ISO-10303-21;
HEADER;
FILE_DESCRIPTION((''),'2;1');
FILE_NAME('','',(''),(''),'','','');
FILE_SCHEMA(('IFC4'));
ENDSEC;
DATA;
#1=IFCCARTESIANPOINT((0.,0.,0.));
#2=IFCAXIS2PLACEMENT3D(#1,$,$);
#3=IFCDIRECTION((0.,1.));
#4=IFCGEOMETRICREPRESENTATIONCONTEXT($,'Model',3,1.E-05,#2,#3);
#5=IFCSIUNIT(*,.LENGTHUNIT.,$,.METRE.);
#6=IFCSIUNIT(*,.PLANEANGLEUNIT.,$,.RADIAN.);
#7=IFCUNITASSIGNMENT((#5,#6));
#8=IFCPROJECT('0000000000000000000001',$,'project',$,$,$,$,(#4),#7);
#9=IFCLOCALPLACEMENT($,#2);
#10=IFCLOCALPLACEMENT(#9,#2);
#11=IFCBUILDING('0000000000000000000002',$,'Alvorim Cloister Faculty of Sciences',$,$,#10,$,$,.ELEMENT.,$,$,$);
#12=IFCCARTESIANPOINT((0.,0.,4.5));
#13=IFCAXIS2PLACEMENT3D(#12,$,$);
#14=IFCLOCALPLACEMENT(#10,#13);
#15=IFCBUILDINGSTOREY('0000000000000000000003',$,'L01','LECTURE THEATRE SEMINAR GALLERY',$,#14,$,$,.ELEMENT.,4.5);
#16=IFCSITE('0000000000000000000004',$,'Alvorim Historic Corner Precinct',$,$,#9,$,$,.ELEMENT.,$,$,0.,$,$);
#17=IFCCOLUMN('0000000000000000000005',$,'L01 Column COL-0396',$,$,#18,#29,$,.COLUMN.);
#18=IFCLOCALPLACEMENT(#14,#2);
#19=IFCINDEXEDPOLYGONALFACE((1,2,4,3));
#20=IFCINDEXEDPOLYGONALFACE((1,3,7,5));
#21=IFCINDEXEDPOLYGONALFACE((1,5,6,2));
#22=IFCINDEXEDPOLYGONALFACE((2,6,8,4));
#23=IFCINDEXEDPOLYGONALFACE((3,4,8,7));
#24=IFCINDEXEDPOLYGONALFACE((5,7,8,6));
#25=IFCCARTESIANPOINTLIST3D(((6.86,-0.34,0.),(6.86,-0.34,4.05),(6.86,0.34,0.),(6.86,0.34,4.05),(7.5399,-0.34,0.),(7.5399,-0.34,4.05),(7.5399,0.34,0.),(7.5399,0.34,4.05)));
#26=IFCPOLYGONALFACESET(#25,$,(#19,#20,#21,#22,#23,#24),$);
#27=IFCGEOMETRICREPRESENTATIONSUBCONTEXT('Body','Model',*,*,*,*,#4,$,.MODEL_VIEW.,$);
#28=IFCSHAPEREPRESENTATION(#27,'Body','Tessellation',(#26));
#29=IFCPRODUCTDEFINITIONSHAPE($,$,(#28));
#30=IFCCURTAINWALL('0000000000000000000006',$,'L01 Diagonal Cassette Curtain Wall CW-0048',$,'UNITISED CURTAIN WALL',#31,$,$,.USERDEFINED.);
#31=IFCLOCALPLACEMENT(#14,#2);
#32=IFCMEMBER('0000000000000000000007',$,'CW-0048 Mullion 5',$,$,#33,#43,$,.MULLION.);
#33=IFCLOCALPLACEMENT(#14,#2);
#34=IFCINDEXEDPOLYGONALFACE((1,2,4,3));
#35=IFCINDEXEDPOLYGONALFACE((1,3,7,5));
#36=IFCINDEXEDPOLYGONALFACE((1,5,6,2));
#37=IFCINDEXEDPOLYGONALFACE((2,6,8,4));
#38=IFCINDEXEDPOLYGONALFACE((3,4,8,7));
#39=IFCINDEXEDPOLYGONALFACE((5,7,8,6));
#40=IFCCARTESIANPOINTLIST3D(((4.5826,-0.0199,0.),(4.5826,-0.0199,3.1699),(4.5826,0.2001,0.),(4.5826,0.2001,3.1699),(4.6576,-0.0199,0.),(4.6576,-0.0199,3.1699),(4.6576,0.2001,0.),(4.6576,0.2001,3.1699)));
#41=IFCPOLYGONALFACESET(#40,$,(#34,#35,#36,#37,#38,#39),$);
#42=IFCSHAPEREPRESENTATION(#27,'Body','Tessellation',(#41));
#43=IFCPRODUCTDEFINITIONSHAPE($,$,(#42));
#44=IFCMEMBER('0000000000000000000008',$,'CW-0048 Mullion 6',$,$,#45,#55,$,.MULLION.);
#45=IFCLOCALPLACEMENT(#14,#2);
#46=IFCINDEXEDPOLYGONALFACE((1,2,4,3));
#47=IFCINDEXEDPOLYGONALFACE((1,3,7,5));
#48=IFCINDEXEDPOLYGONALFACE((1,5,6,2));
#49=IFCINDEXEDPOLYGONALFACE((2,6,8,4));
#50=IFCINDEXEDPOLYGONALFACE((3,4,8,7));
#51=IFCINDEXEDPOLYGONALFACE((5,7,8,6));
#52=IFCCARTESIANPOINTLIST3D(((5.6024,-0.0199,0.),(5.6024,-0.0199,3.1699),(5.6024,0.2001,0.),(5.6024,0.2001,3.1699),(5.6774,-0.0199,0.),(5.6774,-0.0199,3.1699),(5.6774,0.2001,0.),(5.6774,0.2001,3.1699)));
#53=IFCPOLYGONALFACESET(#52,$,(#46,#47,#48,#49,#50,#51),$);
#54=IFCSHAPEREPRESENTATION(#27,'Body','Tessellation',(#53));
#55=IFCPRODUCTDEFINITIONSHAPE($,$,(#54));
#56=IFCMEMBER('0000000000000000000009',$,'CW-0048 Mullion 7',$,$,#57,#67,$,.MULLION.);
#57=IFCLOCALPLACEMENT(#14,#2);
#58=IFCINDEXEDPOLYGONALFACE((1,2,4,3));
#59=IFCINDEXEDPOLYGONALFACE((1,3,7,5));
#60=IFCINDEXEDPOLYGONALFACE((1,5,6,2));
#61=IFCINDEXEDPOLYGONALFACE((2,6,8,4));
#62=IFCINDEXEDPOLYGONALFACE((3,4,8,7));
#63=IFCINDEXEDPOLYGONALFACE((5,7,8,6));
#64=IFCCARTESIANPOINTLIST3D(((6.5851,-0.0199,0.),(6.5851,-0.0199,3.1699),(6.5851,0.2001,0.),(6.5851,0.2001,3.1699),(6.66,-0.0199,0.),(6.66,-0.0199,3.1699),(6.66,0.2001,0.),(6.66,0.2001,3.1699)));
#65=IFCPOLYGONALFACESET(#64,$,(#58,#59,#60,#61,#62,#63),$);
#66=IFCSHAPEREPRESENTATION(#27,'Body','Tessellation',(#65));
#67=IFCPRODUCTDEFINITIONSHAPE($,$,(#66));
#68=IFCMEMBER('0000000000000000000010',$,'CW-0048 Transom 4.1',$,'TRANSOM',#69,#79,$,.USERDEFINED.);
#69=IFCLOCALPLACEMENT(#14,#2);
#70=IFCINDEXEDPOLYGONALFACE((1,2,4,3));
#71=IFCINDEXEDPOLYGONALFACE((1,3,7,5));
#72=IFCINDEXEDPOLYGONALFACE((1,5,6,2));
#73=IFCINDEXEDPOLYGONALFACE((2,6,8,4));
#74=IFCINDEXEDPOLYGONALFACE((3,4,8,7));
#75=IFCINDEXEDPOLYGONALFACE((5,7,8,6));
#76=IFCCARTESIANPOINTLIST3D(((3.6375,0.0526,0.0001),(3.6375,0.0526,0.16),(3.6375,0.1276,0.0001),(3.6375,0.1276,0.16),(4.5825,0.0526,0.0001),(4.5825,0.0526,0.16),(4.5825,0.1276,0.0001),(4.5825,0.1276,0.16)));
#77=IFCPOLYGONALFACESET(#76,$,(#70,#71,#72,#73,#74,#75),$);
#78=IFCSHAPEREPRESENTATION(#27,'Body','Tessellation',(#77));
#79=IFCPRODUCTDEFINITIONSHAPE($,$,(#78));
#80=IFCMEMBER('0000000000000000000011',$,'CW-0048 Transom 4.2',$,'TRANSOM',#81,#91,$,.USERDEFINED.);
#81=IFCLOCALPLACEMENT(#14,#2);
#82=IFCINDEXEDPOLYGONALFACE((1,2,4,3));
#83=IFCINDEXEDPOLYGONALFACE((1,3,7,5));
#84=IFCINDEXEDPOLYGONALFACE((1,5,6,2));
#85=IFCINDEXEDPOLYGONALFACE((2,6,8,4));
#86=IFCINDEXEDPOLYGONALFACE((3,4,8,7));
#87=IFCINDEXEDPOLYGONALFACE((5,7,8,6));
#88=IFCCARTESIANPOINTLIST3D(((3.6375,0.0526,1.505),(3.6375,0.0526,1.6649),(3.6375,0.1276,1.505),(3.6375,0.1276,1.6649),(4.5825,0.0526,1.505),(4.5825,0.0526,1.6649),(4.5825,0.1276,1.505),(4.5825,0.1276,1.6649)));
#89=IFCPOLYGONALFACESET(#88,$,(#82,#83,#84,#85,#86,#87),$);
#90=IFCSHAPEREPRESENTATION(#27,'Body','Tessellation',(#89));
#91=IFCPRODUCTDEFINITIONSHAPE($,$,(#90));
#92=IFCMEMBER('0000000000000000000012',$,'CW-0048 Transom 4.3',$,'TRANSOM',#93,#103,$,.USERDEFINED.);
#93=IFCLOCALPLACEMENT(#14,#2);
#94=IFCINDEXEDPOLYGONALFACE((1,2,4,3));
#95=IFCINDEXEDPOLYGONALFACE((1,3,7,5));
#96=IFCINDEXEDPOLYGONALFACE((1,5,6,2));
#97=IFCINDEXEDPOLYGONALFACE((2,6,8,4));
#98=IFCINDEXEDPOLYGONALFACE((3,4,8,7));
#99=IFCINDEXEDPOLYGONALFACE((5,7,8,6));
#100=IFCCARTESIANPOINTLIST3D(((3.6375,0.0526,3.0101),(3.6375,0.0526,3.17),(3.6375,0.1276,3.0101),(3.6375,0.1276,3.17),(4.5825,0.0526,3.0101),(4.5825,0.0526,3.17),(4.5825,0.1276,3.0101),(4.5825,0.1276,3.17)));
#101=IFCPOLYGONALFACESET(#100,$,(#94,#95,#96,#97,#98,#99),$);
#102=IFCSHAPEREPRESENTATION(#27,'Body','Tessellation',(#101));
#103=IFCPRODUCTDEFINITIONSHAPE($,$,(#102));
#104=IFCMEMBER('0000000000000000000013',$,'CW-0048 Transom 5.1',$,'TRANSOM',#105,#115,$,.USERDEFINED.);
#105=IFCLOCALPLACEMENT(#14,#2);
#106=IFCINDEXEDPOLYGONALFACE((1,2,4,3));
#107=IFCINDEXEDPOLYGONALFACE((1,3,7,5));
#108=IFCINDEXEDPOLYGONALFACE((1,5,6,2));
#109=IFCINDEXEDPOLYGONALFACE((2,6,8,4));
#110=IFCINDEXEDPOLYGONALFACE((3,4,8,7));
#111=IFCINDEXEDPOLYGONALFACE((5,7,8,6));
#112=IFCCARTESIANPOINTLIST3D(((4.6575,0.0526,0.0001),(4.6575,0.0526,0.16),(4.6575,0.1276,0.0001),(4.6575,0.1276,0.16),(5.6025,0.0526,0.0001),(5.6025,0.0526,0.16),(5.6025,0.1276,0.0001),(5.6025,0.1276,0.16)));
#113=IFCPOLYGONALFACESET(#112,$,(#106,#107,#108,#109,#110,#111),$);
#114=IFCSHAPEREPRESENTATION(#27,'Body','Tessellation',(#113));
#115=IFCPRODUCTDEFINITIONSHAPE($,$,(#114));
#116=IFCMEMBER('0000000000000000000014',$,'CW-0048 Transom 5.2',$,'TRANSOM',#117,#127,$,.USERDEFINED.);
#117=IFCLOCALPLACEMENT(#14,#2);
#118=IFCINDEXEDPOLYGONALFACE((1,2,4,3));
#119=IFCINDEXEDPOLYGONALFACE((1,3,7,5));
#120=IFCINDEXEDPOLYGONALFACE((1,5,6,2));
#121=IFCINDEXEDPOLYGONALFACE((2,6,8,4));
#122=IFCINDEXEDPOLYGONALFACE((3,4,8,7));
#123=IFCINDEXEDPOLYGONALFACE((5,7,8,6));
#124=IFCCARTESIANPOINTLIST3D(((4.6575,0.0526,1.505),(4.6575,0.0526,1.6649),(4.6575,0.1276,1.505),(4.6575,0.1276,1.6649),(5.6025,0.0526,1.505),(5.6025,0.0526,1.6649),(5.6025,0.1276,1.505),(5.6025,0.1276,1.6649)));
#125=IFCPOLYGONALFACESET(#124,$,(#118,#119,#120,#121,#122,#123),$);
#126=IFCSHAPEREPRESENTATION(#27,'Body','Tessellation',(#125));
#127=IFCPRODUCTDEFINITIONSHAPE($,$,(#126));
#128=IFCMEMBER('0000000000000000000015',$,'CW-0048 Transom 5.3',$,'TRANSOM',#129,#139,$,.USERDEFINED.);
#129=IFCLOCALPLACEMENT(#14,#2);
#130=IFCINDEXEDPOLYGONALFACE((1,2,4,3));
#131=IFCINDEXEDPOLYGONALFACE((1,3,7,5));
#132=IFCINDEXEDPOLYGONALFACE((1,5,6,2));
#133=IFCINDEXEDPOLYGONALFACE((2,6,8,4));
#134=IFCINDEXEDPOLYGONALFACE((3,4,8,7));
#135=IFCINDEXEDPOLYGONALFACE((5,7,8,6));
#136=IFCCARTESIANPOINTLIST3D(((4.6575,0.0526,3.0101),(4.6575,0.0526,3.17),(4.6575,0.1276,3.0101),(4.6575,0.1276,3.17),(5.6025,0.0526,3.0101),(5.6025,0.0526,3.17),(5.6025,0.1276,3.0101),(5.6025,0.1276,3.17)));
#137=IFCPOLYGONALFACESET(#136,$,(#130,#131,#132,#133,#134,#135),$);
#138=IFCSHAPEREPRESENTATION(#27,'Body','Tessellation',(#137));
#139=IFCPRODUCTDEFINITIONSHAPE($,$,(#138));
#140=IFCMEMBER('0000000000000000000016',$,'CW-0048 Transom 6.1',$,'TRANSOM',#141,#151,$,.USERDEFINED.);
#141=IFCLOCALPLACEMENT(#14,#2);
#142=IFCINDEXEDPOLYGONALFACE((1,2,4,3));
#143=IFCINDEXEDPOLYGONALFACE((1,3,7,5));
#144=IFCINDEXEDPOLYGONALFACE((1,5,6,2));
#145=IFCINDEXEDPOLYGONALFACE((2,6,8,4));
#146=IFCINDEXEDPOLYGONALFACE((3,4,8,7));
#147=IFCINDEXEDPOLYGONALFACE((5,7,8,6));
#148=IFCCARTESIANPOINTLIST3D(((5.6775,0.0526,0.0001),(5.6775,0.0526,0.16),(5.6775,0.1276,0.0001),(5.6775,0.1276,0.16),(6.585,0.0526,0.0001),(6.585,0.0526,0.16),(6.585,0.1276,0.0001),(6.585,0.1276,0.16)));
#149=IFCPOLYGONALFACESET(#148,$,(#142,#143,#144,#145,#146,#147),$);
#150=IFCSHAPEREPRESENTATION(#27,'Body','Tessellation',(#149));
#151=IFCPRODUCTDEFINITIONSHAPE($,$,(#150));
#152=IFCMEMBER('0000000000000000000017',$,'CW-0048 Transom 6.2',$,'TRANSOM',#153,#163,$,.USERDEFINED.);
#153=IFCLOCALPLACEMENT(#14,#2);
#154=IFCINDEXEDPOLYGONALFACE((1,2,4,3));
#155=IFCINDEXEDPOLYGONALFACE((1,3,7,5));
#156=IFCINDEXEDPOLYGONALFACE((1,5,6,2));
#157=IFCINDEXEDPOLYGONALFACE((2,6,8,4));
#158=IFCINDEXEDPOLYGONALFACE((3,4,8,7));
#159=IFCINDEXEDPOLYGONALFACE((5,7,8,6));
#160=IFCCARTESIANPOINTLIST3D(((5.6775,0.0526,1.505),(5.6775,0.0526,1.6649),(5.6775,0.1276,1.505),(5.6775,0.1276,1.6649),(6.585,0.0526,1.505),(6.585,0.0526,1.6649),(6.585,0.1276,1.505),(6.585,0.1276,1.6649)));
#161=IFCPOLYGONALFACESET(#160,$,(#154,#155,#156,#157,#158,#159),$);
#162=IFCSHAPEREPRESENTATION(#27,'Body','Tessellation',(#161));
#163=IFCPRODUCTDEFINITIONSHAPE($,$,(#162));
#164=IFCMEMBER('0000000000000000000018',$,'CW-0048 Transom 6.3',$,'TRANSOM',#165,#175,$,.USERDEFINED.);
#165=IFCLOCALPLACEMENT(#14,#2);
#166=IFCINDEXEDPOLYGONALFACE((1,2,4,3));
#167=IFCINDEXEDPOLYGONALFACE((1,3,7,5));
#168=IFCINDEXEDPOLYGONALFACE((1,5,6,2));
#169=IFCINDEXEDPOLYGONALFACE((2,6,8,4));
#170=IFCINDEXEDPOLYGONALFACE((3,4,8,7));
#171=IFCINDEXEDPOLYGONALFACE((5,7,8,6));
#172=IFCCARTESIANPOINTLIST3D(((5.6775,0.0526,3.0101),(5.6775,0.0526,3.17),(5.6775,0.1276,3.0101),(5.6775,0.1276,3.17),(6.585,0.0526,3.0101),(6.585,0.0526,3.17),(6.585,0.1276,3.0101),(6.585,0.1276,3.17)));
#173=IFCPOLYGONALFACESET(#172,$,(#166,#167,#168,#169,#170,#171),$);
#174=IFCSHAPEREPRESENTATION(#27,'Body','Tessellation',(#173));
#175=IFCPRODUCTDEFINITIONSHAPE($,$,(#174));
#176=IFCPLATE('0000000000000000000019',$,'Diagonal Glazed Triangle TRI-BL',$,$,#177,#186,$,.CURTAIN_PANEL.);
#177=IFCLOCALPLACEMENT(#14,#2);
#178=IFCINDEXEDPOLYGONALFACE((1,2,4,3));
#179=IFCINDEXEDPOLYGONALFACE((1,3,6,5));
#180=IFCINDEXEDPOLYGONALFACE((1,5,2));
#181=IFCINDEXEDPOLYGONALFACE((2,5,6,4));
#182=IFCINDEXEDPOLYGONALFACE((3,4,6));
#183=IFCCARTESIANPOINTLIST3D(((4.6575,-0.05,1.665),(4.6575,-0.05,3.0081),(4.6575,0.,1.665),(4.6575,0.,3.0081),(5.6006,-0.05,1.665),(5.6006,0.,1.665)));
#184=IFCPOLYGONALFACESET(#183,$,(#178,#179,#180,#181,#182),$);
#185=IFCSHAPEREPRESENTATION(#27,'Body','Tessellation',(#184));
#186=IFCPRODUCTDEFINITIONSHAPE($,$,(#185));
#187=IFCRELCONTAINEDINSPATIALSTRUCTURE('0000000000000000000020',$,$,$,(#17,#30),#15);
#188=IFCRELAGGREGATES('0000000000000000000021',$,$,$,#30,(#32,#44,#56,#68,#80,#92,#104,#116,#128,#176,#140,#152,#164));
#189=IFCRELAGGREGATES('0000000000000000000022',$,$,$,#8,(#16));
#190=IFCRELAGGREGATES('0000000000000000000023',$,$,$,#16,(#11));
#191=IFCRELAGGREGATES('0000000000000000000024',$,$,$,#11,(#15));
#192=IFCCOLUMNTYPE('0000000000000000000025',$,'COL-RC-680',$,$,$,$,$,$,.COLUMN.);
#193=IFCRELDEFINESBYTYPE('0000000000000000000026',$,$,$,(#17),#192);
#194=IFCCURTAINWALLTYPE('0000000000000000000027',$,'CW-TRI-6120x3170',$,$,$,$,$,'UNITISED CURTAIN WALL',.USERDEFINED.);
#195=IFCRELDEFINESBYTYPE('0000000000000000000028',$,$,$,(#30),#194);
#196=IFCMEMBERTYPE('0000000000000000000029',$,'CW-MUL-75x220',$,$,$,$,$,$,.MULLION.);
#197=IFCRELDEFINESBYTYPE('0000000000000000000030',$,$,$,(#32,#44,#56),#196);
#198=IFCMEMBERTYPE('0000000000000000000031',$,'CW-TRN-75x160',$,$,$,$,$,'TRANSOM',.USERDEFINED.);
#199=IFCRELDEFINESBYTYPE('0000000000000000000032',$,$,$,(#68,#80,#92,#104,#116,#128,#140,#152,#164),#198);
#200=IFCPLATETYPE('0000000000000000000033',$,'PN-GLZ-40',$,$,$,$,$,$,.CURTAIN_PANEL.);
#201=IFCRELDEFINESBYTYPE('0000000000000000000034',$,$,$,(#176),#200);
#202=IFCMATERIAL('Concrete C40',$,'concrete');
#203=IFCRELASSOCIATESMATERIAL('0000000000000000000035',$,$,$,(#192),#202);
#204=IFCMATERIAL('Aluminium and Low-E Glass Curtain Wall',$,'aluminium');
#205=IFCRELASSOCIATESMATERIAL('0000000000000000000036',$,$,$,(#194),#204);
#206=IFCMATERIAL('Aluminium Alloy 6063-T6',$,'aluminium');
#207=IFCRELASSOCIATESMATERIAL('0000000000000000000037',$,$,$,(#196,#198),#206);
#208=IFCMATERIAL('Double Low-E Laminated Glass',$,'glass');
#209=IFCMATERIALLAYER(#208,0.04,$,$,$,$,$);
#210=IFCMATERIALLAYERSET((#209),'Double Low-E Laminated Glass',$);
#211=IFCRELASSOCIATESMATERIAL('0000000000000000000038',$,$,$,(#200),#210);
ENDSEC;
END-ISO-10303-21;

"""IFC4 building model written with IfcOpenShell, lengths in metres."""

from ifc_helpers import new_model, si_unit, direction, frame, origin, origin_2d, place, context, subcontext, project, spatial, polyline, rectangle, outline, extrude, material, layer, layer_set, material_profile, profile_set, type_object, element, aggregate, save


model = new_model("IFC4")

# Units and contexts
model_context = context("Model", 3, precision=1e-05, world=origin(), true_north=direction((0.0, 1.0)))
body_context = subcontext(model_context, "Body", "Model", "MODEL_VIEW")
ifc_project = project(units=[si_unit("LENGTHUNIT", "METRE"), si_unit("PLANEANGLEUNIT", "RADIAN")], contexts=[model_context])

# Site, building, storey
site_placement = place(None, origin())
site = spatial("IfcSite", under=ifc_project, at=site_placement, Name="Alvorim Historic Corner Precinct", CompositionType="ELEMENT", RefElevation=0.0)
building_placement = place(site_placement, origin())
building = spatial("IfcBuilding", under=site, at=building_placement, Name="Alvorim Cloister Faculty of Sciences", CompositionType="ELEMENT")
storey_placement = place(building_placement, frame((0.0, 0.0, 4.5)))
storey = spatial("IfcBuildingStorey", under=building, at=storey_placement, Name="L01", Description="LECTURE THEATRE SEMINAR GALLERY", CompositionType="ELEMENT", Elevation=4.5)

# Column
ifc_material_1 = material(Name="Concrete C40", Category="concrete")
ifc_material_profile_1 = material_profile(ifc_material_1, rectangle(XDim=0.6799, YDim=0.6799, at=origin_2d()), Name="RC40-COL-680x680")
ifc_profile_set_1 = profile_set([ifc_material_profile_1], Name="Concrete C40")
column_type = type_object("IfcColumnType", Name="COL-RC-680", PredefinedType="COLUMN", material=ifc_profile_set_1)
column_placement = place(storey_placement, frame((7.2, 0.0, 0.0), z_axis=(0.0, 0.0, 1.0), x_axis=(1.0, 0.0, 0.0)))
element("IfcColumn", 1, at=column_placement, inside=storey, type_object=column_type, Name="L01 Column COL-0396", PredefinedType="COLUMN", context=body_context, shape_type="SweptSolid", body=[
    extrude(rectangle(XDim=0.6799, YDim=0.6799, at=origin_2d()), origin(), (0.0, 0.0, 1.0), 4.05),
])

# Curtain wall, members, plate
ifc_material_2 = material(Name="Aluminium and Low-E Glass Curtain Wall", Category="aluminium")
curtain_wall_type = type_object("IfcCurtainWallType", Name="CW-TRI-6120x3170", ElementType="UNITISED CURTAIN WALL", PredefinedType="USERDEFINED", material=ifc_material_2)
curtain_wall_placement = place(storey_placement, origin())
curtain_wall = element("IfcCurtainWall", 2, at=curtain_wall_placement, inside=storey, type_object=curtain_wall_type, Name="L01 Diagonal Cassette Curtain Wall CW-0048", ObjectType="UNITISED CURTAIN WALL", PredefinedType="USERDEFINED")
ifc_material_3 = material(Name="Aluminium Alloy 6063-T6", Category="aluminium")
ifc_material_profile_2 = material_profile(ifc_material_3, rectangle(XDim=0.075, YDim=0.22, at=origin_2d()), Name="ALU-MUL-75x220")
ifc_profile_set_2 = profile_set([ifc_material_profile_2], Name="Aluminium Alloy 6063-T6")
member_type_1 = type_object("IfcMemberType", Name="CW-MUL-75x220", PredefinedType="MULLION", material=ifc_profile_set_2)
member_1_placement = place(storey_placement, frame((4.6201, 0.0901, 0.0), z_axis=(0.0, 0.0, 1.0), x_axis=(1.0, 0.0, 0.0)))
member_1 = element("IfcMember", 3, at=member_1_placement, type_object=member_type_1, Name="CW-0048 Mullion 5", PredefinedType="MULLION", context=body_context, shape_type="SweptSolid", body=[
    extrude(rectangle(XDim=0.075, YDim=0.22, at=origin_2d()), origin(), (0.0, 0.0, 1.0), 3.1699),
])
member_2_placement = place(storey_placement, frame((5.6399, 0.0901, 0.0), z_axis=(0.0, 0.0, 1.0), x_axis=(1.0, 0.0, 0.0)))
member_2 = element("IfcMember", 4, at=member_2_placement, type_object=member_type_1, Name="CW-0048 Mullion 6", PredefinedType="MULLION", context=body_context, shape_type="SweptSolid", body=[
    extrude(rectangle(XDim=0.075, YDim=0.22, at=origin_2d()), origin(), (0.0, 0.0, 1.0), 3.1699),
])
member_3_placement = place(storey_placement, frame((6.6226, 0.0901, 0.0), z_axis=(0.0, 0.0, 1.0), x_axis=(1.0, 0.0, 0.0)))
member_3 = element("IfcMember", 5, at=member_3_placement, type_object=member_type_1, Name="CW-0048 Mullion 7", PredefinedType="MULLION", context=body_context, shape_type="SweptSolid", body=[
    extrude(rectangle(XDim=0.075, YDim=0.22, at=origin_2d()), origin(), (0.0, 0.0, 1.0), 3.1699),
])
ifc_material_profile_3 = material_profile(ifc_material_3, rectangle(XDim=0.075, YDim=0.1599, at=origin_2d()), Name="ALU-TRN-75x160")
ifc_profile_set_3 = profile_set([ifc_material_profile_3], Name="Aluminium Alloy 6063-T6")
member_type_2 = type_object("IfcMemberType", Name="CW-TRN-75x160", ElementType="TRANSOM", PredefinedType="USERDEFINED", material=ifc_profile_set_3)
member_4_placement = place(storey_placement, frame((3.6375, 0.0901, 0.0801), z_axis=(1.0, 0.0, 0.0), x_axis=(0.0, 1.0, 0.0)))
member_4 = element("IfcMember", 6, at=member_4_placement, type_object=member_type_2, Name="CW-0048 Transom 4.1", ObjectType="TRANSOM", PredefinedType="USERDEFINED", context=body_context, shape_type="SweptSolid", body=[
    extrude(rectangle(XDim=0.075, YDim=0.1599, at=origin_2d()), origin(), (0.0, 0.0, 1.0), 0.9451),
])
member_5_placement = place(storey_placement, frame((3.6375, 0.0901, 1.585), z_axis=(1.0, 0.0, 0.0), x_axis=(0.0, 1.0, 0.0)))
member_5 = element("IfcMember", 7, at=member_5_placement, type_object=member_type_2, Name="CW-0048 Transom 4.2", ObjectType="TRANSOM", PredefinedType="USERDEFINED", context=body_context, shape_type="SweptSolid", body=[
    extrude(rectangle(XDim=0.075, YDim=0.1599, at=origin_2d()), origin(), (0.0, 0.0, 1.0), 0.9451),
])
member_6_placement = place(storey_placement, frame((3.6375, 0.0901, 3.0901), z_axis=(1.0, 0.0, 0.0), x_axis=(0.0, 1.0, 0.0)))
member_6 = element("IfcMember", 8, at=member_6_placement, type_object=member_type_2, Name="CW-0048 Transom 4.3", ObjectType="TRANSOM", PredefinedType="USERDEFINED", context=body_context, shape_type="SweptSolid", body=[
    extrude(rectangle(XDim=0.075, YDim=0.1599, at=origin_2d()), origin(), (0.0, 0.0, 1.0), 0.9451),
])
member_7_placement = place(storey_placement, frame((4.6575, 0.0901, 0.0801), z_axis=(1.0, 0.0, 0.0), x_axis=(0.0, 1.0, 0.0)))
member_7 = element("IfcMember", 9, at=member_7_placement, type_object=member_type_2, Name="CW-0048 Transom 5.1", ObjectType="TRANSOM", PredefinedType="USERDEFINED", context=body_context, shape_type="SweptSolid", body=[
    extrude(rectangle(XDim=0.075, YDim=0.1599, at=origin_2d()), origin(), (0.0, 0.0, 1.0), 0.9451),
])
member_8_placement = place(storey_placement, frame((4.6575, 0.0901, 1.585), z_axis=(1.0, 0.0, 0.0), x_axis=(0.0, 1.0, 0.0)))
member_8 = element("IfcMember", 10, at=member_8_placement, type_object=member_type_2, Name="CW-0048 Transom 5.2", ObjectType="TRANSOM", PredefinedType="USERDEFINED", context=body_context, shape_type="SweptSolid", body=[
    extrude(rectangle(XDim=0.075, YDim=0.1599, at=origin_2d()), origin(), (0.0, 0.0, 1.0), 0.9451),
])
member_9_placement = place(storey_placement, frame((4.6575, 0.0901, 3.0901), z_axis=(1.0, 0.0, 0.0), x_axis=(0.0, 1.0, 0.0)))
member_9 = element("IfcMember", 11, at=member_9_placement, type_object=member_type_2, Name="CW-0048 Transom 5.3", ObjectType="TRANSOM", PredefinedType="USERDEFINED", context=body_context, shape_type="SweptSolid", body=[
    extrude(rectangle(XDim=0.075, YDim=0.1599, at=origin_2d()), origin(), (0.0, 0.0, 1.0), 0.9451),
])
member_10_placement = place(storey_placement, frame((5.6775, 0.0901, 0.0801), z_axis=(1.0, 0.0, 0.0), x_axis=(0.0, 1.0, 0.0)))
member_10 = element("IfcMember", 12, at=member_10_placement, type_object=member_type_2, Name="CW-0048 Transom 6.1", ObjectType="TRANSOM", PredefinedType="USERDEFINED", context=body_context, shape_type="SweptSolid", body=[
    extrude(rectangle(XDim=0.075, YDim=0.1599, at=origin_2d()), origin(), (0.0, 0.0, 1.0), 0.9075),
])
member_11_placement = place(storey_placement, frame((5.6775, 0.0901, 1.585), z_axis=(1.0, 0.0, 0.0), x_axis=(0.0, 1.0, 0.0)))
member_11 = element("IfcMember", 13, at=member_11_placement, type_object=member_type_2, Name="CW-0048 Transom 6.2", ObjectType="TRANSOM", PredefinedType="USERDEFINED", context=body_context, shape_type="SweptSolid", body=[
    extrude(rectangle(XDim=0.075, YDim=0.1599, at=origin_2d()), origin(), (0.0, 0.0, 1.0), 0.9075),
])
member_12_placement = place(storey_placement, frame((5.6775, 0.0901, 3.0901), z_axis=(1.0, 0.0, 0.0), x_axis=(0.0, 1.0, 0.0)))
member_12 = element("IfcMember", 14, at=member_12_placement, type_object=member_type_2, Name="CW-0048 Transom 6.3", ObjectType="TRANSOM", PredefinedType="USERDEFINED", context=body_context, shape_type="SweptSolid", body=[
    extrude(rectangle(XDim=0.075, YDim=0.1599, at=origin_2d()), origin(), (0.0, 0.0, 1.0), 0.9075),
])
ifc_material_4 = material(Name="Double Low-E Laminated Glass", Category="glass")
ifc_layer = layer(ifc_material_4, 0.04)
ifc_layer_set = layer_set([ifc_layer], Name="Double Low-E Laminated Glass")
plate_type = type_object("IfcPlateType", Name="PN-GLZ-40", PredefinedType="CURTAIN_PANEL", material=ifc_layer_set)
plate_1_placement = place(storey_placement, frame((4.6575, -0.0249, 1.665), z_axis=(0.0, 0.0, 1.0), x_axis=(1.0, 0.0, 0.0)))
plate_1 = element("IfcPlate", 15, at=plate_1_placement, type_object=plate_type, Name="Diagonal Glazed Triangle TRI-BL", PredefinedType="CURTAIN_PANEL", context=body_context, shape_type="SweptSolid", body=[
    extrude(outline(polyline([(0.0, 0.0), (0.9431, 0.0), (0.0, 1.343), (0.0, 0.0)])), frame((0.0, 0.0249, 0.0), z_axis=(0.0, -1.0, 0.0), x_axis=(1.0, 0.0, 0.0)), (0.0, 0.0, 1.0), 0.05),
])
aggregate(curtain_wall, [member_1, member_2, member_3, member_4, member_5, member_6, member_7, member_8, member_9, plate_1, member_10, member_11, member_12])

save(model, "model.ifc")
